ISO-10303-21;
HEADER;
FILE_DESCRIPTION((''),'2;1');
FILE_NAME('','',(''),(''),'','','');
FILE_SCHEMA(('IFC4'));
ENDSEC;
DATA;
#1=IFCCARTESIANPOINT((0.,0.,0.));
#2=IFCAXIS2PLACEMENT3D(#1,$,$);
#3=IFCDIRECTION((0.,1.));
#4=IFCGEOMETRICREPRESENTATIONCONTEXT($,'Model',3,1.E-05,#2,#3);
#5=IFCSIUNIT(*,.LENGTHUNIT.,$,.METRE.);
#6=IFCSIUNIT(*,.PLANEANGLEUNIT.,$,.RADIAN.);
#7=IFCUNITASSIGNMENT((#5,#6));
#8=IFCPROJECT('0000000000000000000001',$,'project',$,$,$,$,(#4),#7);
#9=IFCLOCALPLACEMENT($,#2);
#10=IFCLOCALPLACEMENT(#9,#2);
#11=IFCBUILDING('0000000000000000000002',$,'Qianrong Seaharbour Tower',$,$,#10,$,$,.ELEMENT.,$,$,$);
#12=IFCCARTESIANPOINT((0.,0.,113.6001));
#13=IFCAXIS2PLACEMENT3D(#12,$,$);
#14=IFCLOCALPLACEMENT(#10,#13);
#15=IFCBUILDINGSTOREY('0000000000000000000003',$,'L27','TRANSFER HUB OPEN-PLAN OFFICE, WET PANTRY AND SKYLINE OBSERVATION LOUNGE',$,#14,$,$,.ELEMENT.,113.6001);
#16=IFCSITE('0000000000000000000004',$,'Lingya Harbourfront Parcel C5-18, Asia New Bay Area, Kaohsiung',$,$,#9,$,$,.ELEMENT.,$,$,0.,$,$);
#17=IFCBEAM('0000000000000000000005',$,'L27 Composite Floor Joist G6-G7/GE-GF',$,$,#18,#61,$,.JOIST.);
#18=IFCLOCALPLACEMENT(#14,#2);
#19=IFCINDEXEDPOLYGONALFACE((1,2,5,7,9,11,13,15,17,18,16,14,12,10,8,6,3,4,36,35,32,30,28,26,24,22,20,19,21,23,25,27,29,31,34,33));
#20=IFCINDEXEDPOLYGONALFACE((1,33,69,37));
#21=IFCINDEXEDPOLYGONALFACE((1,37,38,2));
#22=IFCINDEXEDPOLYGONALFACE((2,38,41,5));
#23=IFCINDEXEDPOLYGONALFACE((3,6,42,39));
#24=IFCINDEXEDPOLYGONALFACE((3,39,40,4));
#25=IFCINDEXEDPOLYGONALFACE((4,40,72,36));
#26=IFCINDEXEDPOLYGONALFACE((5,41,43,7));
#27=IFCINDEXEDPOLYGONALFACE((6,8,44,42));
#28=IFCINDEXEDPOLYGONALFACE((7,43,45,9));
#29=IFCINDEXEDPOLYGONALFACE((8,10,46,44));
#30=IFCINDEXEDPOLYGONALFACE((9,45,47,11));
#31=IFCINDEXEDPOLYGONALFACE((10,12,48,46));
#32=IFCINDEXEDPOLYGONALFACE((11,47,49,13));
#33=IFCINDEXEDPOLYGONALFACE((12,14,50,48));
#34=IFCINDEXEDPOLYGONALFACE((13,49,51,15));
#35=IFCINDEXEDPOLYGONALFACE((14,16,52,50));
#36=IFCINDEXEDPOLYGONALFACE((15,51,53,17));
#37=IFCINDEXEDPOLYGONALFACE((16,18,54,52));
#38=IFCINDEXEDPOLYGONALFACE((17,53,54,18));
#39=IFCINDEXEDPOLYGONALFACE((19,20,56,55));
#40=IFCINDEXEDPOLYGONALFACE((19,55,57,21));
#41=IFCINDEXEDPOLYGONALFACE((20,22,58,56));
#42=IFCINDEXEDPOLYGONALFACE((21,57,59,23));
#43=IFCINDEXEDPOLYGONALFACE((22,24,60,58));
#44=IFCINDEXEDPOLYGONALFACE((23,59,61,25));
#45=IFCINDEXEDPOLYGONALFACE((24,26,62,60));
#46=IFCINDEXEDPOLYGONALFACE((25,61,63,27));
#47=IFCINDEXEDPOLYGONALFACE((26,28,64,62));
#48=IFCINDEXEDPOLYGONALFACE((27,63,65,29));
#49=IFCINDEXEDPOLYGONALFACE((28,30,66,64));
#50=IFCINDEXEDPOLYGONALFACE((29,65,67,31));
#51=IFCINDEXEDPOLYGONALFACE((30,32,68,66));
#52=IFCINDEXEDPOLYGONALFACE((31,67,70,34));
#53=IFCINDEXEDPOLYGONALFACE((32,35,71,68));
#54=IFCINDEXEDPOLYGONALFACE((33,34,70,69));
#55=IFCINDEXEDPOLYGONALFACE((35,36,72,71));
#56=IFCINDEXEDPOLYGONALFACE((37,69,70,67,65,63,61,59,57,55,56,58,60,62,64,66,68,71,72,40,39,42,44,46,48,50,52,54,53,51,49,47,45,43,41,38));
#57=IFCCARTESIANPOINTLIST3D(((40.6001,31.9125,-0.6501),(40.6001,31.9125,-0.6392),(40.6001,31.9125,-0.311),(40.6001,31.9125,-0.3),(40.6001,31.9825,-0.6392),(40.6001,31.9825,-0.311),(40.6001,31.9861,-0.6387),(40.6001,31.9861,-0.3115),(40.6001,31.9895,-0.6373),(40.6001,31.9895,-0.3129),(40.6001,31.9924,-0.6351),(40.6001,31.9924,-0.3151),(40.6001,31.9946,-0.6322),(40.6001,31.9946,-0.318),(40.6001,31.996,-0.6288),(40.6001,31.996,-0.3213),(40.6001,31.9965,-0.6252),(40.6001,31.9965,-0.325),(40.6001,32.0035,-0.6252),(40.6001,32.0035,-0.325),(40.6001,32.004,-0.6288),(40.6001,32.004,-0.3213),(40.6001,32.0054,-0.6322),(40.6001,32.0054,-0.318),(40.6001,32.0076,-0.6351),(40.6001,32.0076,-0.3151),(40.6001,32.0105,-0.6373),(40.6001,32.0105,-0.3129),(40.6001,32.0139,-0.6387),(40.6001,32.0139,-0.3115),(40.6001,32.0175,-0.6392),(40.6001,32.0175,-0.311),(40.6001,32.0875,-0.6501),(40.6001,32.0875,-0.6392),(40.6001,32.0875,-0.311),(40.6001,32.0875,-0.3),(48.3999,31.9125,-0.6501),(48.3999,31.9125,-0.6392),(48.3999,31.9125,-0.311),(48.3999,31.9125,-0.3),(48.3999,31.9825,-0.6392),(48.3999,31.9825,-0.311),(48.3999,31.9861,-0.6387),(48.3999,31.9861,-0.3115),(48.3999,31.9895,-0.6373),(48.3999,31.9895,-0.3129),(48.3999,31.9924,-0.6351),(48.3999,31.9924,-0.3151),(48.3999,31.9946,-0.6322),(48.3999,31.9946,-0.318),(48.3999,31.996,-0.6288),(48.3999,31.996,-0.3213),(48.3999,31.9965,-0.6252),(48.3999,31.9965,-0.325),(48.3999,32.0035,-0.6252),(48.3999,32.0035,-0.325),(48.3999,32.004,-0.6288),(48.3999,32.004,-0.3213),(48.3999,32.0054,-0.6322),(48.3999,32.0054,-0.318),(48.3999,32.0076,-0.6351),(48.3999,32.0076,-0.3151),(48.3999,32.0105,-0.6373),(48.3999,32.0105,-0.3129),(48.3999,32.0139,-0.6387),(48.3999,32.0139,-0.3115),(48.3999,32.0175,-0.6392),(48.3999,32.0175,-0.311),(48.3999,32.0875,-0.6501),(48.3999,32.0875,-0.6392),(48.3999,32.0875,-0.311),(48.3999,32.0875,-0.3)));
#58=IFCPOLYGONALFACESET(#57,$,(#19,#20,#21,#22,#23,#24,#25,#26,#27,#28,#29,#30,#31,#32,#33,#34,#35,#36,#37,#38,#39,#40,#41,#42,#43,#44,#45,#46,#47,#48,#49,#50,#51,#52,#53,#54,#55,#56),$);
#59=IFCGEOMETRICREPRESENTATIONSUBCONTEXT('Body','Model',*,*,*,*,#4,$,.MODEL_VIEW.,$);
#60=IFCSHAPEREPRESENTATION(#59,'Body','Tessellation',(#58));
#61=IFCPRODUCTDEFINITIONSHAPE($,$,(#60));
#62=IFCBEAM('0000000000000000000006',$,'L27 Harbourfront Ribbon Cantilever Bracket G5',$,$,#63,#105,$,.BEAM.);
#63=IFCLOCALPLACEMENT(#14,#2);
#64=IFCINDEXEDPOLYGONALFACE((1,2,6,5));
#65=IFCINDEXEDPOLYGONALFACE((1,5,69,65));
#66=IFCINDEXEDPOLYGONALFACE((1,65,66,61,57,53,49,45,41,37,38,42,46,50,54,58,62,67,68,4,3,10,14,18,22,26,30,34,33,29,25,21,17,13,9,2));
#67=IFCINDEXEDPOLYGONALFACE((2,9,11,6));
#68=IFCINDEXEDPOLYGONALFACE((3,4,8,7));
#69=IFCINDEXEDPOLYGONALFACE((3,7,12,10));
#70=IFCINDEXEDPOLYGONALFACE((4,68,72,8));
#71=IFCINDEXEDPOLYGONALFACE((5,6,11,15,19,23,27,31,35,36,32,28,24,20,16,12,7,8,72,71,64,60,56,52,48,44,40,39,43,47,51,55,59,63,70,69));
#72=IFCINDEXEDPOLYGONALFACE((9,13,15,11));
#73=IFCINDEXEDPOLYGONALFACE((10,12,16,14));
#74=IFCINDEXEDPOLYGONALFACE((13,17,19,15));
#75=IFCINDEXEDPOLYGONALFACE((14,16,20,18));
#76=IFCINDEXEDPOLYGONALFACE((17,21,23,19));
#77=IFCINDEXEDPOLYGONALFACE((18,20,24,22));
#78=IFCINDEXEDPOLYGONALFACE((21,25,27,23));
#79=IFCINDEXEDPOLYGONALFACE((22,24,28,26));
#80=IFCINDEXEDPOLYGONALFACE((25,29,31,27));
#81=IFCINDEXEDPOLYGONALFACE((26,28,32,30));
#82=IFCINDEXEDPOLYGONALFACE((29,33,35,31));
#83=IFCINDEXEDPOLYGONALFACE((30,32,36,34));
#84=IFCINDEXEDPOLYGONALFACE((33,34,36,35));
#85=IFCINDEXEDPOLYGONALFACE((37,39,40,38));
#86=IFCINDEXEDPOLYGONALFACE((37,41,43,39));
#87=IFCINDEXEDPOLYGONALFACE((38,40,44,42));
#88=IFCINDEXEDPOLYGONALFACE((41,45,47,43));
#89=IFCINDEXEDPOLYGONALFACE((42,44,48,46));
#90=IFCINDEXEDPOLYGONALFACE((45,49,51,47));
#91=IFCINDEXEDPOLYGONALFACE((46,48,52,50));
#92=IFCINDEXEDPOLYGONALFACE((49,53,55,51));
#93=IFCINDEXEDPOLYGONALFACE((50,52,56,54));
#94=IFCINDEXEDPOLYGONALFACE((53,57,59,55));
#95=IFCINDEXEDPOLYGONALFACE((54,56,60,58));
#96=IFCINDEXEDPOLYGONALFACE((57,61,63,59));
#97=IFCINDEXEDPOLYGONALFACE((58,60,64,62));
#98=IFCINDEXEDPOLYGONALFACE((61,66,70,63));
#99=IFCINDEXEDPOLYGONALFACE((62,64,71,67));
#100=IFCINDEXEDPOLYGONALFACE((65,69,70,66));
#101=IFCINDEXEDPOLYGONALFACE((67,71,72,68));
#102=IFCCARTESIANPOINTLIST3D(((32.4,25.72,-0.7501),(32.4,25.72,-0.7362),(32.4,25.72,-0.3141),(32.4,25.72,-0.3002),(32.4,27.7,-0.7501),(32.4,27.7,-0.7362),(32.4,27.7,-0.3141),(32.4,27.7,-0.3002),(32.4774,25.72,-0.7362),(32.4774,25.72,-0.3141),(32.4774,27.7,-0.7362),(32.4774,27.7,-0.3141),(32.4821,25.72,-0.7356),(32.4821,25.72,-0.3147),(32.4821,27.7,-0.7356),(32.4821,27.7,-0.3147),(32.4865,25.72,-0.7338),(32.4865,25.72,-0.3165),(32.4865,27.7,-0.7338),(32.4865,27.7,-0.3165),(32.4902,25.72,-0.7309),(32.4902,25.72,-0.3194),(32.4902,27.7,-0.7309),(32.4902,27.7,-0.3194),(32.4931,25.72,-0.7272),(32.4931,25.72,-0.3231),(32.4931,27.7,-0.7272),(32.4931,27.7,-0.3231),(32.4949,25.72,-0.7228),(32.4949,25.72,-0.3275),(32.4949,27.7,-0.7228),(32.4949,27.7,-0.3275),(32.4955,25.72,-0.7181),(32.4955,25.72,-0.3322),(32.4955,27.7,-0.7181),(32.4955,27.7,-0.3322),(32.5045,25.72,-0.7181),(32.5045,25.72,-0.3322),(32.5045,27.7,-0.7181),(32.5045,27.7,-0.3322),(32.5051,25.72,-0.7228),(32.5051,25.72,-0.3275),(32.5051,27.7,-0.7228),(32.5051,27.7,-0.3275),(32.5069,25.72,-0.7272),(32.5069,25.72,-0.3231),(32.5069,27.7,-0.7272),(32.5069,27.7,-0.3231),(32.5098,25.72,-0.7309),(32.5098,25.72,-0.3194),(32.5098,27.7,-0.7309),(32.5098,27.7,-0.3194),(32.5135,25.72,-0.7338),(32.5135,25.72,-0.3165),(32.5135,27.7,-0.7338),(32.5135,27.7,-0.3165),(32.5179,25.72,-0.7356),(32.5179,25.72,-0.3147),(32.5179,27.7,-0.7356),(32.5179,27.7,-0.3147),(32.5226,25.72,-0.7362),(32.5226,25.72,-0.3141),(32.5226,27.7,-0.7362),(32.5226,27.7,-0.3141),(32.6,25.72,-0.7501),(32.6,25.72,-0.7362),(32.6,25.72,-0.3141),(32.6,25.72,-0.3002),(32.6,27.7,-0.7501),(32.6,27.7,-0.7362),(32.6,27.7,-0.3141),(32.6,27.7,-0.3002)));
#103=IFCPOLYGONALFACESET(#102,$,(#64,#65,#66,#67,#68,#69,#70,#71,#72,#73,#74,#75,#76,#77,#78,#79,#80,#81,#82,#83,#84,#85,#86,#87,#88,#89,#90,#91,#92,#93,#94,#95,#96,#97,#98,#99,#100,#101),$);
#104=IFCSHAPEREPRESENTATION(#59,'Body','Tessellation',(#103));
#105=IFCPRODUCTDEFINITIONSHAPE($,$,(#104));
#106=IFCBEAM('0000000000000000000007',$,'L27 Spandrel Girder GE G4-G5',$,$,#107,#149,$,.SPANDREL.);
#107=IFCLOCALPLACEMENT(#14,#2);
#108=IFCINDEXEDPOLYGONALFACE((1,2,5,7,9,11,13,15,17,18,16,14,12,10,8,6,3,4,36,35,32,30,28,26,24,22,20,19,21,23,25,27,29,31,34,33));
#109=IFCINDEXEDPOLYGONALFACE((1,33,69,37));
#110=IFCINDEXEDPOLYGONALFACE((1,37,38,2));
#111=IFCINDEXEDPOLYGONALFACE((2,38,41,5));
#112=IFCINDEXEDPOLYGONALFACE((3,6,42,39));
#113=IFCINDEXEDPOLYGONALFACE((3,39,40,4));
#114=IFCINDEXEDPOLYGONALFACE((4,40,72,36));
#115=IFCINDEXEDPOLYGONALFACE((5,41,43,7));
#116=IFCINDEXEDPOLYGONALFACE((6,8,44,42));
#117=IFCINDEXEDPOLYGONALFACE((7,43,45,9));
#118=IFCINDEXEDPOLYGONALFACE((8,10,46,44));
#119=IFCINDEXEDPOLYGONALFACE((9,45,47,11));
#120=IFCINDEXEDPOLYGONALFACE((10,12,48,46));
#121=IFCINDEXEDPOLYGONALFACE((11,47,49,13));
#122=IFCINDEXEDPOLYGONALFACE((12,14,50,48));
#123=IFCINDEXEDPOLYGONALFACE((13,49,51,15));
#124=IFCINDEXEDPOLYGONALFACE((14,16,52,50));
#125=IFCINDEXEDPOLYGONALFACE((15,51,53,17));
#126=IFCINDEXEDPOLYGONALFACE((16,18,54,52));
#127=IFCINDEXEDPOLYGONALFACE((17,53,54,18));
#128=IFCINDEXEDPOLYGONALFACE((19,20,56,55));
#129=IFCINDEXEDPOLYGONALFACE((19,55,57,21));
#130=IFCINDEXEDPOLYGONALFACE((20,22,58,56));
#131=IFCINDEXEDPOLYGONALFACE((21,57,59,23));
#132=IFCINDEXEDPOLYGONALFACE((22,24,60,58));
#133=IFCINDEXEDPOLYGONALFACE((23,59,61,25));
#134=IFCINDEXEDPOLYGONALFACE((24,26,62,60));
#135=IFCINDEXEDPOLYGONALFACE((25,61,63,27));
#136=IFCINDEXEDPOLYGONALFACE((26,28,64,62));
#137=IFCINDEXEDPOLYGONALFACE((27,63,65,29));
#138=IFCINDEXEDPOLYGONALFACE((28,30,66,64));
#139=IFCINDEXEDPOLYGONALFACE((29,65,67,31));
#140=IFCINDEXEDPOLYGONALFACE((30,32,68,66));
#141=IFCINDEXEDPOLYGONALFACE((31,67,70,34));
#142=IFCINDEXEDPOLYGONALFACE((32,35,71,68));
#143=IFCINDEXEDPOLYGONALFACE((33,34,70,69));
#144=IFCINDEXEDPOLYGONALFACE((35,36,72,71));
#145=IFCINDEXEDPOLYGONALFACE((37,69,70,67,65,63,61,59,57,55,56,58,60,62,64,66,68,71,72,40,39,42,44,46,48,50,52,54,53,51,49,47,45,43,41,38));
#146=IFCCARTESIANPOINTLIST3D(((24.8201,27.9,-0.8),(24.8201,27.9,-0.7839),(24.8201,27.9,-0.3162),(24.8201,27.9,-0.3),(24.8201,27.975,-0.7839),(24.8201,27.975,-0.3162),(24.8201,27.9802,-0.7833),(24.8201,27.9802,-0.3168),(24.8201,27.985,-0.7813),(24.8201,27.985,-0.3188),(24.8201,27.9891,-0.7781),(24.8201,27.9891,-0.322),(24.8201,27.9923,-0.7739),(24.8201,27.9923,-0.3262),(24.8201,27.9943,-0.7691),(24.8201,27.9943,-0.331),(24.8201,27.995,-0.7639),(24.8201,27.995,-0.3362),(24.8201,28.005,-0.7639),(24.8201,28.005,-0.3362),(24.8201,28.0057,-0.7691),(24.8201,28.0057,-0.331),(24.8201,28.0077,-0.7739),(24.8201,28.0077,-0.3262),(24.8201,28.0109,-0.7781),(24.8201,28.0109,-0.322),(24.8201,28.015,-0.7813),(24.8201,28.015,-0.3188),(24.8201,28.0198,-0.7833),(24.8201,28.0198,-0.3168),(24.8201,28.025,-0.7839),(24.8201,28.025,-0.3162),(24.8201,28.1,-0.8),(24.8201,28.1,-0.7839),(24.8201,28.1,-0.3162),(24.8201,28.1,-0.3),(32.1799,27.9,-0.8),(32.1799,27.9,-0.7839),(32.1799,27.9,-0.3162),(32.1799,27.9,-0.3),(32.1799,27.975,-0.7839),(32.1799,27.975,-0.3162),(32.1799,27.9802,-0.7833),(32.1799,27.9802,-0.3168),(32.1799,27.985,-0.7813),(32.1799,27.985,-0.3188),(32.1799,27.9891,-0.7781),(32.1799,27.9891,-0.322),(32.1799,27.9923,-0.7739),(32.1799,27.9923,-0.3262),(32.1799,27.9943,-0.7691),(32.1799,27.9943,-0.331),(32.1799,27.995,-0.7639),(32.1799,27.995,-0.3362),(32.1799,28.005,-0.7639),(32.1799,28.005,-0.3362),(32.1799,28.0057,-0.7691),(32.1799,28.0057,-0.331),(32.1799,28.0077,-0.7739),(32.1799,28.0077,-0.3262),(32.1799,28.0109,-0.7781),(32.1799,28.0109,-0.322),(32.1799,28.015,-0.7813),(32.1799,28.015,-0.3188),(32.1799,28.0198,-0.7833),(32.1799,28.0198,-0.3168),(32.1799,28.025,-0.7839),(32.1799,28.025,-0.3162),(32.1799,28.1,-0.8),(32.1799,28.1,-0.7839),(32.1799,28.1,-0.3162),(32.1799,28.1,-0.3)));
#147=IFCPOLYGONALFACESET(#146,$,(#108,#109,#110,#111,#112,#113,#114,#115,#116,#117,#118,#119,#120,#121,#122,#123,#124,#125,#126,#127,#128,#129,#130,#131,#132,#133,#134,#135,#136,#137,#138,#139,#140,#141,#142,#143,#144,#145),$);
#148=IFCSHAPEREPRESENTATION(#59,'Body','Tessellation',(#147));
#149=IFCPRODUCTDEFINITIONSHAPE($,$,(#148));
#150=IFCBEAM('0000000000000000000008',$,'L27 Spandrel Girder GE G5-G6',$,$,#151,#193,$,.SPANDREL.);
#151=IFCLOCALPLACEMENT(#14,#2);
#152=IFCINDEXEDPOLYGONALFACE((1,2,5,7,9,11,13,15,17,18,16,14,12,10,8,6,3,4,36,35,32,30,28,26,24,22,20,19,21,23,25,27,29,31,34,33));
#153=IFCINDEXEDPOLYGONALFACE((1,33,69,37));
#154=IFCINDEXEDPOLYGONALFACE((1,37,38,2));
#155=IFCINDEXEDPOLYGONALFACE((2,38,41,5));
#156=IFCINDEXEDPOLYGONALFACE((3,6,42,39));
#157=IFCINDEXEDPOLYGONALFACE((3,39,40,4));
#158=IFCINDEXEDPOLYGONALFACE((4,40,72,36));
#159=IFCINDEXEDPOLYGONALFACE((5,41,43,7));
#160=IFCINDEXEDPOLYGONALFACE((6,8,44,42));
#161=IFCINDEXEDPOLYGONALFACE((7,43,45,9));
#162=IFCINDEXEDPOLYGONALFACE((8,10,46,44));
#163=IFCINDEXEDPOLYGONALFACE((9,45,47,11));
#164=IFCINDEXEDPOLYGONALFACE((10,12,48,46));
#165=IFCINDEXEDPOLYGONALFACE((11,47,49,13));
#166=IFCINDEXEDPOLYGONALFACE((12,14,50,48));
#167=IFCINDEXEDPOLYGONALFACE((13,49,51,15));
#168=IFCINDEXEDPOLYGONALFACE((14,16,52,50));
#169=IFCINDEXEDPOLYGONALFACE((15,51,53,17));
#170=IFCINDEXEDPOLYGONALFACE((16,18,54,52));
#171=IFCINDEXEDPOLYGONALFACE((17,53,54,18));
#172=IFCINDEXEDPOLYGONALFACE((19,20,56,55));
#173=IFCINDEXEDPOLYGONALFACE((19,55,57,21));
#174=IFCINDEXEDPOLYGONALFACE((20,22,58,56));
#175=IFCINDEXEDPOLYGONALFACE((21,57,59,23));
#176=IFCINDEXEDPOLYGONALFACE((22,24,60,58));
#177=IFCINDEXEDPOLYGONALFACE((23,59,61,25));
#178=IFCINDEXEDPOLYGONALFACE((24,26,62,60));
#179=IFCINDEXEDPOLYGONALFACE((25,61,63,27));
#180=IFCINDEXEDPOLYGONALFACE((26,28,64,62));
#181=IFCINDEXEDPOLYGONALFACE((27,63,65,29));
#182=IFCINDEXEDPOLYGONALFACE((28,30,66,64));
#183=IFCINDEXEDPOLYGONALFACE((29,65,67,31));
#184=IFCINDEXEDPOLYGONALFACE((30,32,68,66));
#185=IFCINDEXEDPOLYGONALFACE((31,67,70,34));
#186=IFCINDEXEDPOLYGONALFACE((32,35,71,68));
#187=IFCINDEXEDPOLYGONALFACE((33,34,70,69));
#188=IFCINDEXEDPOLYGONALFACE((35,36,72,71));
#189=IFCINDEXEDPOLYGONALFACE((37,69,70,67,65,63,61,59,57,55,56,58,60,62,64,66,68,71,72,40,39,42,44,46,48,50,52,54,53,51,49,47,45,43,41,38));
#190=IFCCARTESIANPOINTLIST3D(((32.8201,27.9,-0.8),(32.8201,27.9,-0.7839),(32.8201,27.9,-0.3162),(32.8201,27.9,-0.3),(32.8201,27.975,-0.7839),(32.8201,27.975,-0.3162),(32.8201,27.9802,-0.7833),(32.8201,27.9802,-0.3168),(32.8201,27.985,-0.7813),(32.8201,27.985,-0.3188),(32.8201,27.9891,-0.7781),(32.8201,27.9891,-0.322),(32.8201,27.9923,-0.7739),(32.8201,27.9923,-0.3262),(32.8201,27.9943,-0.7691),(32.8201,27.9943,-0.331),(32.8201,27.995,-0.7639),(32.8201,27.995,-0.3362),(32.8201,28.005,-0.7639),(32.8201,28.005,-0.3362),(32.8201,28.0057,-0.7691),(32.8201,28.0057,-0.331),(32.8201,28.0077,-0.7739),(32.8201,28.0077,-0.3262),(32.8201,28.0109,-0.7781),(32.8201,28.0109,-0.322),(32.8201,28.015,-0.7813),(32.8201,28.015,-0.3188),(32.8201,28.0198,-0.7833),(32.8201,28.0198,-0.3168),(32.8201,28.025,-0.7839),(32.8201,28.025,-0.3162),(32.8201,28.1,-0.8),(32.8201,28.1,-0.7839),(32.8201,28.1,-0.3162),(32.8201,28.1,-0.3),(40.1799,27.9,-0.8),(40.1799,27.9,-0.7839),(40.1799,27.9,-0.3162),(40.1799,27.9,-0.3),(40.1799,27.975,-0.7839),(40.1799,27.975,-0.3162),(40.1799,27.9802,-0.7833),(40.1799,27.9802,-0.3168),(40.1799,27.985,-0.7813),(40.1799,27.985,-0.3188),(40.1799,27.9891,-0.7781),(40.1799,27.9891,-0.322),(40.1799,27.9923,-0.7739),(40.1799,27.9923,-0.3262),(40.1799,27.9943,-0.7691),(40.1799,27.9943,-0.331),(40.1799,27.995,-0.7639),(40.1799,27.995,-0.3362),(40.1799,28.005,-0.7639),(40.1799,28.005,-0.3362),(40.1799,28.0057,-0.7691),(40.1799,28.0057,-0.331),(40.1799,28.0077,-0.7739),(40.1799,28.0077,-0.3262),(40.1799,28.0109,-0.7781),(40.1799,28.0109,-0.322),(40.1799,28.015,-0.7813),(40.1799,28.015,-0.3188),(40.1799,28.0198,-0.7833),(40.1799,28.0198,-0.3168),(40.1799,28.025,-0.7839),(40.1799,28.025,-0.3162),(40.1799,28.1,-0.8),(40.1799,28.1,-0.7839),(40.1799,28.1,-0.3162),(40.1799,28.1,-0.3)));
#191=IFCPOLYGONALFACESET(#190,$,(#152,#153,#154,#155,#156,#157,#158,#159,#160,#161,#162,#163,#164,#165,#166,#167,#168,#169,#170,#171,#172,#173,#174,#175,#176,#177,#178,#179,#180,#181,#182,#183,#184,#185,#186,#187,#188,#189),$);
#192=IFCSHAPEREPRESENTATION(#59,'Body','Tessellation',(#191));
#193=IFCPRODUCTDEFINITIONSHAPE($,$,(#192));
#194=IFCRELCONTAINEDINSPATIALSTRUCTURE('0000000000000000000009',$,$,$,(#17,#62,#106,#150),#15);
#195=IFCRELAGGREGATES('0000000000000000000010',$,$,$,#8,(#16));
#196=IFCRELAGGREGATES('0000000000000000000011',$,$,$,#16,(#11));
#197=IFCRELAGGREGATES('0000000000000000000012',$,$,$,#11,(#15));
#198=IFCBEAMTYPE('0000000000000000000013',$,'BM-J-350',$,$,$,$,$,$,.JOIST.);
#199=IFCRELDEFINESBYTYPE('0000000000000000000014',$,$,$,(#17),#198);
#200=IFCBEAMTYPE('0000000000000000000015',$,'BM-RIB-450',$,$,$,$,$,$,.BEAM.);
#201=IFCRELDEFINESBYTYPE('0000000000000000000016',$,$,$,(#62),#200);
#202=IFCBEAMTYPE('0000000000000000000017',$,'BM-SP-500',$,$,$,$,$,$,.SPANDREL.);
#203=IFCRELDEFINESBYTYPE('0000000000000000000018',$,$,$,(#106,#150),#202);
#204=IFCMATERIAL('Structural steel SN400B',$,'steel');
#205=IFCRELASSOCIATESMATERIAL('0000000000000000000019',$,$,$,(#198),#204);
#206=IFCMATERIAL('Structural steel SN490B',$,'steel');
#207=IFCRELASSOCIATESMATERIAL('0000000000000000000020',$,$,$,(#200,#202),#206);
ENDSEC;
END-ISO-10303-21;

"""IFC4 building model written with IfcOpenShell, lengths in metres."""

from ifc_helpers import new_model, si_unit, direction, frame, origin, origin_2d, place, context, subcontext, project, spatial, i_section, extrude, material, material_profile, profile_set, type_object, element, save


model = new_model("IFC4")

# Units and contexts
model_context = context("Model", 3, precision=1e-05, world=origin(), true_north=direction((0.0, 1.0)))
body_context = subcontext(model_context, "Body", "Model", "MODEL_VIEW")
ifc_project = project(units=[si_unit("LENGTHUNIT", "METRE"), si_unit("PLANEANGLEUNIT", "RADIAN")], contexts=[model_context])

# Site, building, storey
site_placement = place(None, origin())
site = spatial("IfcSite", under=ifc_project, at=site_placement, Name="Lingya Harbourfront Parcel C5-18, Asia New Bay Area, Kaohsiung", CompositionType="ELEMENT", RefElevation=0.0)
building_placement = place(site_placement, origin())
building = spatial("IfcBuilding", under=site, at=building_placement, Name="Qianrong Seaharbour Tower", CompositionType="ELEMENT")
storey_placement = place(building_placement, frame((0.0, 0.0, 113.6001)))
storey = spatial("IfcBuildingStorey", under=building, at=storey_placement, Name="L27", Description="TRANSFER HUB OPEN-PLAN OFFICE, WET PANTRY AND SKYLINE OBSERVATION LOUNGE", CompositionType="ELEMENT", Elevation=113.6001)

# Shared definitions
ifc_material_1 = material(Name="Structural steel SN490B", Category="steel")

# Beams
ifc_material_2 = material(Name="Structural steel SN400B", Category="steel")
ifc_material_profile_1 = material_profile(ifc_material_2, i_section(OverallWidth=0.175, OverallDepth=0.3501, WebThickness=0.0071, FlangeThickness=0.011, FilletRadius=0.0139, at=origin_2d()), Name="H350x175x7x11")
ifc_profile_set_1 = profile_set([ifc_material_profile_1], Name="Structural steel SN400B")
beam_type_1 = type_object("IfcBeamType", Name="BM-J-350", PredefinedType="JOIST", material=ifc_profile_set_1)
for number, where, z_axis, x_axis, name in (
    (1, (40.6001, 32.0, -0.4751), (1.0, 0.0, 0.0), (0.0, 1.0, 0.0), "L27 Composite Floor Joist G6-G7/GE-GF"),
):
    element("IfcBeam", number, at=place(storey_placement, frame(where, z_axis=z_axis, x_axis=x_axis)), inside=storey, type_object=beam_type_1, Name=name, PredefinedType="JOIST", context=body_context, shape_type="SweptSolid", body=[
        extrude(i_section(OverallWidth=0.175, OverallDepth=0.3501, WebThickness=0.0071, FlangeThickness=0.011, FilletRadius=0.0139, at=origin_2d()), origin(), (0.0, 0.0, 1.0), 7.7998),
    ])
ifc_material_profile_2 = material_profile(ifc_material_1, i_section(OverallWidth=0.2, OverallDepth=0.45, WebThickness=0.009, FlangeThickness=0.0139, FilletRadius=0.0181, at=origin_2d()), Name="H450x200x9x14")
ifc_profile_set_2 = profile_set([ifc_material_profile_2], Name="Structural steel SN490B")
beam_type_2 = type_object("IfcBeamType", Name="BM-RIB-450", PredefinedType="BEAM", material=ifc_profile_set_2)
beam_1_placement = place(storey_placement, frame((32.5, 27.7, -0.5251), z_axis=(0.0, -1.0, 0.0), x_axis=(1.0, 0.0, 0.0)))
element("IfcBeam", 2, at=beam_1_placement, inside=storey, type_object=beam_type_2, Name="L27 Harbourfront Ribbon Cantilever Bracket G5", PredefinedType="BEAM", context=body_context, shape_type="SweptSolid", body=[
    extrude(i_section(OverallWidth=0.2, OverallDepth=0.45, WebThickness=0.009, FlangeThickness=0.0139, FilletRadius=0.0181, at=origin_2d()), origin(), (0.0, 0.0, 1.0), 1.98),
])
ifc_material_profile_3 = material_profile(ifc_material_1, i_section(OverallWidth=0.2, OverallDepth=0.5, WebThickness=0.01, FlangeThickness=0.0161, FilletRadius=0.02, at=origin_2d()), Name="H500x200x10x16")
ifc_profile_set_3 = profile_set([ifc_material_profile_3], Name="Structural steel SN490B")
beam_type_3 = type_object("IfcBeamType", Name="BM-SP-500", PredefinedType="SPANDREL", material=ifc_profile_set_3)
for number, where, z_axis, x_axis, name in (
    (3, (24.8201, 28.0, -0.55), (1.0, 0.0, 0.0), (0.0, 1.0, 0.0), "L27 Spandrel Girder GE G4-G5"),
    (4, (32.8201, 28.0, -0.55), (1.0, 0.0, 0.0), (0.0, 1.0, 0.0), "L27 Spandrel Girder GE G5-G6"),
):
    element("IfcBeam", number, at=place(storey_placement, frame(where, z_axis=z_axis, x_axis=x_axis)), inside=storey, type_object=beam_type_3, Name=name, PredefinedType="SPANDREL", context=body_context, shape_type="SweptSolid", body=[
        extrude(i_section(OverallWidth=0.2, OverallDepth=0.5, WebThickness=0.01, FlangeThickness=0.0161, FilletRadius=0.02, at=origin_2d()), origin(), (0.0, 0.0, 1.0), 7.3599),
    ])

save(model, "model.ifc")
